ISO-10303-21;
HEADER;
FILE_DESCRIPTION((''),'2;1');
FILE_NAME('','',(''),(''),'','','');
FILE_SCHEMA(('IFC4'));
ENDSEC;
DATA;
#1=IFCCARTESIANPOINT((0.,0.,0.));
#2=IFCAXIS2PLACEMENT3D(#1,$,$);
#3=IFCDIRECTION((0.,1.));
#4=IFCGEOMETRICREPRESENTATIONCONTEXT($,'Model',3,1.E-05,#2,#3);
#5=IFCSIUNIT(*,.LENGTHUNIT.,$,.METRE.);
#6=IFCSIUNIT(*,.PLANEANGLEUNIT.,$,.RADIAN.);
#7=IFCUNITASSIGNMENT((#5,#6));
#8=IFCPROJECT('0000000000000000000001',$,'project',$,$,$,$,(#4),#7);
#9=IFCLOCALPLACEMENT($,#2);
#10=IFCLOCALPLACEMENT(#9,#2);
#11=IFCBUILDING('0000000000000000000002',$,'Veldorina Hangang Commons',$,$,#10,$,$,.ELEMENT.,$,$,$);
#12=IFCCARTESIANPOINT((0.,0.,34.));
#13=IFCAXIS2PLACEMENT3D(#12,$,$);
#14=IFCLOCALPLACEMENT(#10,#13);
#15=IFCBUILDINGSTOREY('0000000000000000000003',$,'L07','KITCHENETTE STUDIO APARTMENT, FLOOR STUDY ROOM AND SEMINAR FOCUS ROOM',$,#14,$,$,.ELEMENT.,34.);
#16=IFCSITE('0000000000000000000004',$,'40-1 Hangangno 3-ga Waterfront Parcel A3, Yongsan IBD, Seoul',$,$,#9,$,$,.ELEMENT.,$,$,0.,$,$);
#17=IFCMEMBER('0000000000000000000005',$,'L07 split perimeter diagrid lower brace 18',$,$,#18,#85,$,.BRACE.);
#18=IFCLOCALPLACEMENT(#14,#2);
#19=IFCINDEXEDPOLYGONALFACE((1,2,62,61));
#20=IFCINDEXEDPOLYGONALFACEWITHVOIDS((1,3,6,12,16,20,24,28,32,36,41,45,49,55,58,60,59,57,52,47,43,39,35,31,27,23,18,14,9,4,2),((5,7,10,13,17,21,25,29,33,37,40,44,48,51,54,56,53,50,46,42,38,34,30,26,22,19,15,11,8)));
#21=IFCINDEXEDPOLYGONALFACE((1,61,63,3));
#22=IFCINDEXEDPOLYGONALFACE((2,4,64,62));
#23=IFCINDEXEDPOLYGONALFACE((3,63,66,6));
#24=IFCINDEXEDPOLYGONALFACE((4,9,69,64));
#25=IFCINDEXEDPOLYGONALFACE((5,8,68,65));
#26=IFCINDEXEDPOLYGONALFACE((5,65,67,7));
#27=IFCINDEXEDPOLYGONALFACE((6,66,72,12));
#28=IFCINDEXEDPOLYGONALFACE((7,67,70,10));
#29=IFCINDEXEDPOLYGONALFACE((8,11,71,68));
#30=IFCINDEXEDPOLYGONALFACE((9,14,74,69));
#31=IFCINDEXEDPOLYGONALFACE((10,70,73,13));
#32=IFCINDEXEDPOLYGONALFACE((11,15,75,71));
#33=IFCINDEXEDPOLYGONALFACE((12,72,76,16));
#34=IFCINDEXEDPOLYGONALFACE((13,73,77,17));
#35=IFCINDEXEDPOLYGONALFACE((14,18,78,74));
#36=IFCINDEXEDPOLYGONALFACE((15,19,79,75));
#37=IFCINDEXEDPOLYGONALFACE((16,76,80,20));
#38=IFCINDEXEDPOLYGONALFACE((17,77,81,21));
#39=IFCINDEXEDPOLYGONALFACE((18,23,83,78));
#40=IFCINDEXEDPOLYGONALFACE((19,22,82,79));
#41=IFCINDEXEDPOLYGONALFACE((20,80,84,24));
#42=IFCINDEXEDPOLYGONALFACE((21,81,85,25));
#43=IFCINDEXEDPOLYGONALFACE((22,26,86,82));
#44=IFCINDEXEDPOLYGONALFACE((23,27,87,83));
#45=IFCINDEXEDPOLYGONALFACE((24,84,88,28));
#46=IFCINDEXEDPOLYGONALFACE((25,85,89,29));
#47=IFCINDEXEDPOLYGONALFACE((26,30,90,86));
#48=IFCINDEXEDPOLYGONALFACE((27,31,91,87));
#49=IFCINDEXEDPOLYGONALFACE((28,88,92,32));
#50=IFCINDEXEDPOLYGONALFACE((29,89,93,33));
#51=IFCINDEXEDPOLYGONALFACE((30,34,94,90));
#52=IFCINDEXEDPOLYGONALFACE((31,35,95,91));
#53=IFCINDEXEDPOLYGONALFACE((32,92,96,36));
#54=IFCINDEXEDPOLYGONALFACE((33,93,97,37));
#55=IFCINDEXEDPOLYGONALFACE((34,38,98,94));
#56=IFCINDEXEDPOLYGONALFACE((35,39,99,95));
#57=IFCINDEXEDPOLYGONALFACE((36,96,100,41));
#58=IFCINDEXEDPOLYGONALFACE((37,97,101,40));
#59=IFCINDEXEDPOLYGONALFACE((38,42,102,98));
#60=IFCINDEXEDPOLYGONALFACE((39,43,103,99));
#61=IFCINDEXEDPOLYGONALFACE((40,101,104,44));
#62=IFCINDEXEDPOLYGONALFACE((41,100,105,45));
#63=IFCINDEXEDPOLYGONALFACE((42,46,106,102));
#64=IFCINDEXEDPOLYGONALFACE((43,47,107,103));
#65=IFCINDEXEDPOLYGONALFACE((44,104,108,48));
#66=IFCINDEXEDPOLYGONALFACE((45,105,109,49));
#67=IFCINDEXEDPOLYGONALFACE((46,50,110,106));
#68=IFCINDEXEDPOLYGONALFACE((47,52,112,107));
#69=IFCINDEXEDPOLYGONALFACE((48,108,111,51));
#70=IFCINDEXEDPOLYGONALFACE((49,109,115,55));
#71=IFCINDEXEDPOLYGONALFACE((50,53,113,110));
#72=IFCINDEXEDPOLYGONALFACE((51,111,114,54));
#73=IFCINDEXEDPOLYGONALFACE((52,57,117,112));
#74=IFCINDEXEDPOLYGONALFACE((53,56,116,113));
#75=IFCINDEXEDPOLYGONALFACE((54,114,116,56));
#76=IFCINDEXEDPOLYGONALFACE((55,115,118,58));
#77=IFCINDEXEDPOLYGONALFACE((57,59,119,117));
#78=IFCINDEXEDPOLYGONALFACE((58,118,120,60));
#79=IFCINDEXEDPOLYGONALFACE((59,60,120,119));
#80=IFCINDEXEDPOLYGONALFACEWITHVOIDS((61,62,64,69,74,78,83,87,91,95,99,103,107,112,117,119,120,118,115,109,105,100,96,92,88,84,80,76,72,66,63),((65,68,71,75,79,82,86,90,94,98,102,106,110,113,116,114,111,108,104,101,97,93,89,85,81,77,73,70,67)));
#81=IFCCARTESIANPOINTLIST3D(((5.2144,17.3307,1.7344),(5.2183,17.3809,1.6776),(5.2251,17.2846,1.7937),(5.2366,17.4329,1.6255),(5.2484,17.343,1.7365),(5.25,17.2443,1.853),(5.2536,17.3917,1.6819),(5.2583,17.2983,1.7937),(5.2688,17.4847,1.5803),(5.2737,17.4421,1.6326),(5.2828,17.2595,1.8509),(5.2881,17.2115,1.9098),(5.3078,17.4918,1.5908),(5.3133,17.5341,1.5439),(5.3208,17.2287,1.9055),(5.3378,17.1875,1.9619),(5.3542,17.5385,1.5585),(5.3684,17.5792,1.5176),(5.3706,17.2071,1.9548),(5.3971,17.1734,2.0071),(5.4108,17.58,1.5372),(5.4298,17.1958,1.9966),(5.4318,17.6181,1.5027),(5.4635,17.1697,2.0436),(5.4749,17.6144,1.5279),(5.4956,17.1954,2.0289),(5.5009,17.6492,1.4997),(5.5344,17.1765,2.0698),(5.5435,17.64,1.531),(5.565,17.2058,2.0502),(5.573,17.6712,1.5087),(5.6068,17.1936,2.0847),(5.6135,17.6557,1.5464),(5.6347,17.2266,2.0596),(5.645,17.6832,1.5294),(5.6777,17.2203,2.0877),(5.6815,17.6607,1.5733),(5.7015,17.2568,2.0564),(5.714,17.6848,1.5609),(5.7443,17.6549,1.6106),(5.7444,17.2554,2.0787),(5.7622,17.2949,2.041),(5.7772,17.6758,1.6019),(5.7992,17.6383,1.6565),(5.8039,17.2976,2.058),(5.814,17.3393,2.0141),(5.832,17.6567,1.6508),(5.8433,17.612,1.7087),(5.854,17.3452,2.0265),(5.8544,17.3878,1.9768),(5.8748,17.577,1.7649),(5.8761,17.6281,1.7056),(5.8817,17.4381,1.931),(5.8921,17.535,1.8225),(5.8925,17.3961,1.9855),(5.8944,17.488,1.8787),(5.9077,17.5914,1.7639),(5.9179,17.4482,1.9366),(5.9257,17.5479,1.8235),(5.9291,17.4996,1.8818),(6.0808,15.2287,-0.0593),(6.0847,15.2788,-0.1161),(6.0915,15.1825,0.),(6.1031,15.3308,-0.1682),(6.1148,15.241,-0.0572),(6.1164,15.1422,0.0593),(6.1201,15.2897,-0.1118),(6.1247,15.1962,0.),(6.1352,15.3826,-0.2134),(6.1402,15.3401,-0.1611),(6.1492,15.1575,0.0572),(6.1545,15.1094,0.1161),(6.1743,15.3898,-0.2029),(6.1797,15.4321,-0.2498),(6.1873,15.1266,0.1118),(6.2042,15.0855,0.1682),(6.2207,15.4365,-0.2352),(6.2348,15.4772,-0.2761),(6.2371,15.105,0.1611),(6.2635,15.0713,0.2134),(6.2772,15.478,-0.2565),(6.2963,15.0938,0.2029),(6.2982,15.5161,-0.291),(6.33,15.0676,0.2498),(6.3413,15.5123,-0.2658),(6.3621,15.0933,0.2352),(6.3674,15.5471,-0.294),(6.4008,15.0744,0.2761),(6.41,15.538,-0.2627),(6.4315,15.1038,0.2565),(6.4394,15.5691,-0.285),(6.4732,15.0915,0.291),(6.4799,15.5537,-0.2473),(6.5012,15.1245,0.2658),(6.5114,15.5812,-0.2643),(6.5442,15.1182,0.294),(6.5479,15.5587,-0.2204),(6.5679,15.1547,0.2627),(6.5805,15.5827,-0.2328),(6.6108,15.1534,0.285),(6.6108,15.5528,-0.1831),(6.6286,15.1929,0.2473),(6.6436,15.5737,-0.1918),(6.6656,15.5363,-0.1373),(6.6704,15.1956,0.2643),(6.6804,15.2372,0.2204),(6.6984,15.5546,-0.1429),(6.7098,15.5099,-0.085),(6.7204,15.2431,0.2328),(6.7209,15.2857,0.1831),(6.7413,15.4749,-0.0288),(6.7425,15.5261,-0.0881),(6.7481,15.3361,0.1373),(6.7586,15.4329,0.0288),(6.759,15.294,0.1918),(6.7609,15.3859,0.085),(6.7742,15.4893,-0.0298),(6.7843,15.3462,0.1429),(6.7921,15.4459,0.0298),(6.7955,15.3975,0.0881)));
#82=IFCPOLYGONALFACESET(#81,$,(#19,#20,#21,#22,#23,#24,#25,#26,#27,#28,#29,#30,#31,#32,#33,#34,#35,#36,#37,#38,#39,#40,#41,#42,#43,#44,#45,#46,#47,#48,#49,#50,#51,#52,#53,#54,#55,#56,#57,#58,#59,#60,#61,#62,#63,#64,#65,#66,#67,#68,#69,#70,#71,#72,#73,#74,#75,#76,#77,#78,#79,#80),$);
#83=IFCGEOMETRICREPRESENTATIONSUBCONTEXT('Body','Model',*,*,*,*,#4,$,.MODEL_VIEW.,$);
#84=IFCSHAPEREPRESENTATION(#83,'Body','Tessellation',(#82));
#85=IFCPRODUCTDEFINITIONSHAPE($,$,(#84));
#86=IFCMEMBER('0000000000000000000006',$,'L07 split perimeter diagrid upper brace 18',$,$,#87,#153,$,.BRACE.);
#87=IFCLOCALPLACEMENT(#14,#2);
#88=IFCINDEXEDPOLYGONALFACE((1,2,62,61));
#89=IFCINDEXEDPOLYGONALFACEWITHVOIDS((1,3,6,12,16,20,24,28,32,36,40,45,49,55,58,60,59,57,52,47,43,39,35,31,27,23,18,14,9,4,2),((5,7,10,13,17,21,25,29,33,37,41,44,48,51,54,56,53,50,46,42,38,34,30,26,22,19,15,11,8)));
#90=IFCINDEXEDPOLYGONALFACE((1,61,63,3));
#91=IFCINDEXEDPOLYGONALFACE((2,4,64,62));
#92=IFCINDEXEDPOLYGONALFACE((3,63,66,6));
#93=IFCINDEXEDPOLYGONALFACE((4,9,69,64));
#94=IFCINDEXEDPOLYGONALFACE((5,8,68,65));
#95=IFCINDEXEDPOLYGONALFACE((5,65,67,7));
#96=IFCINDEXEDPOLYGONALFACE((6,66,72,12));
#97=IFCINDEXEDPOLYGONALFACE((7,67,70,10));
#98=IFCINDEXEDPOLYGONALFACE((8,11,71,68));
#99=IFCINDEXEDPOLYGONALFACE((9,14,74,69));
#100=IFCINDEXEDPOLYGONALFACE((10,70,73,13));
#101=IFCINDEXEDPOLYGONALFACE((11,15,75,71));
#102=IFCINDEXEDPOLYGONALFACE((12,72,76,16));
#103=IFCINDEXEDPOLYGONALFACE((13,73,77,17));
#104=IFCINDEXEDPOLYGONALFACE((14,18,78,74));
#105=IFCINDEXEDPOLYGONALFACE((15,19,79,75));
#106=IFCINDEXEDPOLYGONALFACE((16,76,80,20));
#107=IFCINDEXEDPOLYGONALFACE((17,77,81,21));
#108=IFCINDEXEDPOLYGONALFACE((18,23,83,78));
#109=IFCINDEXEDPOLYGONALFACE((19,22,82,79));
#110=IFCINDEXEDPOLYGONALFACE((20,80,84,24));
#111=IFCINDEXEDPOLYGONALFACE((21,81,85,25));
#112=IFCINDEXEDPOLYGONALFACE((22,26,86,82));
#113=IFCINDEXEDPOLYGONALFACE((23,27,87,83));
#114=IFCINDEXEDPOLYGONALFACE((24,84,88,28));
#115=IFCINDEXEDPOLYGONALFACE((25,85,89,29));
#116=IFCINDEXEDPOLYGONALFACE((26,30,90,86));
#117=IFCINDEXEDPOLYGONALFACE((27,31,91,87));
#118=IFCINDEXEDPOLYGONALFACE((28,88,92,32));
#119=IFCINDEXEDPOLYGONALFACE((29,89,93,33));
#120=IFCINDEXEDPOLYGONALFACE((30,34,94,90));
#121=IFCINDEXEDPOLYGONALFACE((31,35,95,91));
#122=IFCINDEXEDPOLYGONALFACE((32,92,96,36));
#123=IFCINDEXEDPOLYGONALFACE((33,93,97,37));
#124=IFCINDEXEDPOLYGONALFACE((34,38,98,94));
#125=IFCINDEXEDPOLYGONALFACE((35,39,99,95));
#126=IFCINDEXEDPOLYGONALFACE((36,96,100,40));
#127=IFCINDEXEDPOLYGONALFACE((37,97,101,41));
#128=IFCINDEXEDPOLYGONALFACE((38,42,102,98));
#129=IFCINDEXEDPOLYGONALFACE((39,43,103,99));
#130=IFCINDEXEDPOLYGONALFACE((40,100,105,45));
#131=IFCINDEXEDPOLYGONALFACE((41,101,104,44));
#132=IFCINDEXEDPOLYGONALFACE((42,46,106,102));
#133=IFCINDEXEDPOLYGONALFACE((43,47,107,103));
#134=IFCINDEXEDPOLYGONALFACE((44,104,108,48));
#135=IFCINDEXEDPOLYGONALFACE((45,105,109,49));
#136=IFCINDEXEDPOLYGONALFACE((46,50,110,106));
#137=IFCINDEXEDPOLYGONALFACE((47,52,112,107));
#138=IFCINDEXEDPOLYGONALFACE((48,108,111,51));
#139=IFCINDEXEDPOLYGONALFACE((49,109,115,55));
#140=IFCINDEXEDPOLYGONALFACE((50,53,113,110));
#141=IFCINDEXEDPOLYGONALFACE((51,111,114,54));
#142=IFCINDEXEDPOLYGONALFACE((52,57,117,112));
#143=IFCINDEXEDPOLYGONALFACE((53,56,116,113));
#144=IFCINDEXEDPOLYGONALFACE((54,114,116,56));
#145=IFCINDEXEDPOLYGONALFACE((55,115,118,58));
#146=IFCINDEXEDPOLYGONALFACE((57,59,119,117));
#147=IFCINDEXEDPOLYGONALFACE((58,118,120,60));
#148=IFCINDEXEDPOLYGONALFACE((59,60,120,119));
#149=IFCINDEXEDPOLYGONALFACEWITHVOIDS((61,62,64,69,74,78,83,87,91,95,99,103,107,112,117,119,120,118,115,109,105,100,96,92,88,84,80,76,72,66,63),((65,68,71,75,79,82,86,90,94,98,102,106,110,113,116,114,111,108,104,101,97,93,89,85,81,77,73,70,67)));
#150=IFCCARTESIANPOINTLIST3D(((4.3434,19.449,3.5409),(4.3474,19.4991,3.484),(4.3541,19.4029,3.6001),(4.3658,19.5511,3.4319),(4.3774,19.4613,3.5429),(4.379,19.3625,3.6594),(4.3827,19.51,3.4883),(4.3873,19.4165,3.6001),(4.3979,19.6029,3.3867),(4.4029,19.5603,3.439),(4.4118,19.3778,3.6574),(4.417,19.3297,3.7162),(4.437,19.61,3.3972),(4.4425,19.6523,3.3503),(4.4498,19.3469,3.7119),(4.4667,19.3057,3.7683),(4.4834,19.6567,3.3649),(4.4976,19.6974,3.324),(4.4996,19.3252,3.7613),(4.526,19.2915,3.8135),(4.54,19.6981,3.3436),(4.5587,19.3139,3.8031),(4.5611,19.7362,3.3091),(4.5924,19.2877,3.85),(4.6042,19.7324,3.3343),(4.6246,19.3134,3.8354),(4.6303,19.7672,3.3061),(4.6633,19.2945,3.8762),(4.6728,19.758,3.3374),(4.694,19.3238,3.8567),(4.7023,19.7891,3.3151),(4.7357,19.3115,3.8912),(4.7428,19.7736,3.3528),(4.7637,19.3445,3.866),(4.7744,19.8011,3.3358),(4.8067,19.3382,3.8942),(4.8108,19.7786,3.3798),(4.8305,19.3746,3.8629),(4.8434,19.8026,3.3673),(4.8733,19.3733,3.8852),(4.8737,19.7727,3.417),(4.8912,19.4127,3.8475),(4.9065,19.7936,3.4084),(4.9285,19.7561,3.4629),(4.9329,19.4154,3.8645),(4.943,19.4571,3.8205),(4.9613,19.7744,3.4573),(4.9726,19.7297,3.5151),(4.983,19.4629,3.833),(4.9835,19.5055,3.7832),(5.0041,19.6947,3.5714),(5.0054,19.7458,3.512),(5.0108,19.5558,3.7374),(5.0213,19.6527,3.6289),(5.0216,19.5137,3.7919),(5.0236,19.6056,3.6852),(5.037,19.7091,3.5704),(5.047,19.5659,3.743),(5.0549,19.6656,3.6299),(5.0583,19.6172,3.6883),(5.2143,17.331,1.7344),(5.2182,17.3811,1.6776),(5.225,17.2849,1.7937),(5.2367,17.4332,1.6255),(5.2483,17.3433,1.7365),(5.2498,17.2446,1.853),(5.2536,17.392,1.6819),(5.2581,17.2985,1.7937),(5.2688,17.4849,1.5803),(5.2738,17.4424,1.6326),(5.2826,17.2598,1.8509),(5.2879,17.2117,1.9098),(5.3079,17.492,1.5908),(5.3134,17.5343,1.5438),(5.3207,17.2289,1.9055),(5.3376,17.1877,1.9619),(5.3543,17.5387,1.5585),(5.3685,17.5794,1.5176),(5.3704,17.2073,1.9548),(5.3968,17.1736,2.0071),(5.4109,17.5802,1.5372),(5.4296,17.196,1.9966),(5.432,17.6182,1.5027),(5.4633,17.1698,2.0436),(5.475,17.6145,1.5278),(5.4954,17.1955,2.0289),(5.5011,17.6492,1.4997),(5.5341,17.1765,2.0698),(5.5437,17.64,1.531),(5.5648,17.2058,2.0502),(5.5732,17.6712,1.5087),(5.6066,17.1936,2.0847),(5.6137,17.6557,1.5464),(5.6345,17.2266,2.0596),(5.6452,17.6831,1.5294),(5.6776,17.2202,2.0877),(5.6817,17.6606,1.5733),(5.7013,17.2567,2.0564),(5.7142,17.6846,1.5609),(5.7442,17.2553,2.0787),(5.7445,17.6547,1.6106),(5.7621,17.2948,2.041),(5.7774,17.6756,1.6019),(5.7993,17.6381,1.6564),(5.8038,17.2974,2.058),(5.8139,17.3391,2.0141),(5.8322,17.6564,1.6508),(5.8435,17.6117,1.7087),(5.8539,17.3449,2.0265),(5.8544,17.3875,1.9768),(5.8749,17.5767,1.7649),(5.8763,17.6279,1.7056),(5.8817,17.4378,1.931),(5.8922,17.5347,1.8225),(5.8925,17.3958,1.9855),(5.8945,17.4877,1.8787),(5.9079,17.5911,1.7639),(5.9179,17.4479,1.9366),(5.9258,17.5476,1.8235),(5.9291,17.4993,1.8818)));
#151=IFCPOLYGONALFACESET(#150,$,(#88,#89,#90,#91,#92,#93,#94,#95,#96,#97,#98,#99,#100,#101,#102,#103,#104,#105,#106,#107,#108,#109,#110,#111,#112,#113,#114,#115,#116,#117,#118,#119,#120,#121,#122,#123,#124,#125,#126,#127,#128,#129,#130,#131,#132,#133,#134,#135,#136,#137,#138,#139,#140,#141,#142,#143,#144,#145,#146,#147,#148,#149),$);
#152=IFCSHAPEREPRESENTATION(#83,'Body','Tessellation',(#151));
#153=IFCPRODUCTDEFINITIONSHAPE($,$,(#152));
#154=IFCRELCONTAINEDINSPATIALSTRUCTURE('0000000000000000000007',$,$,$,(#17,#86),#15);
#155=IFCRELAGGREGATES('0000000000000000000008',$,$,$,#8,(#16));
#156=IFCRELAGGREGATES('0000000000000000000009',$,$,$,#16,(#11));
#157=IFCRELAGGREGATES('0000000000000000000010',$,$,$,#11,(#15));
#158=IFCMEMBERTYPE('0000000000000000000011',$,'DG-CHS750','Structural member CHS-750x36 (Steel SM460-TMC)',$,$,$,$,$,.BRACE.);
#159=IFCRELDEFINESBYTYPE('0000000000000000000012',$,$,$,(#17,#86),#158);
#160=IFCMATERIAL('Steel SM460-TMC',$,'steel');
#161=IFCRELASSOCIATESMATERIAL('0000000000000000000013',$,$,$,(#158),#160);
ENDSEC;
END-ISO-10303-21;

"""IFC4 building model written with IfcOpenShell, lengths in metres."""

from ifc_helpers import new_model, si_unit, direction, frame, origin, origin_2d, place, context, subcontext, project, spatial, hollow_circle, extrude, material, material_profile, profile_set, type_object, element, save


model = new_model("IFC4")

# Units and contexts
model_context = context("Model", 3, precision=1e-05, world=origin(), true_north=direction((0.0, 1.0)))
body_context = subcontext(model_context, "Body", "Model", "MODEL_VIEW")
ifc_project = project(units=[si_unit("LENGTHUNIT", "METRE"), si_unit("PLANEANGLEUNIT", "RADIAN")], contexts=[model_context])

# Site, building, storey
site_placement = place(None, origin())
site = spatial("IfcSite", under=ifc_project, at=site_placement, Name="40-1 Hangangno 3-ga Waterfront Parcel A3, Yongsan IBD, Seoul", CompositionType="ELEMENT", RefElevation=0.0)
building_placement = place(site_placement, origin())
building = spatial("IfcBuilding", under=site, at=building_placement, Name="Veldorina Hangang Commons", CompositionType="ELEMENT")
storey_placement = place(building_placement, frame((0.0, 0.0, 34.0)))
storey = spatial("IfcBuildingStorey", under=building, at=storey_placement, Name="L07", Description="KITCHENETTE STUDIO APARTMENT, FLOOR STUDY ROOM AND SEMINAR FOCUS ROOM", CompositionType="ELEMENT", Elevation=34.0)

# Shared definitions
ifc_material_1 = material(Name="Steel SM460-TMC", Category="steel")

# Members
ifc_material_profile_1 = material_profile(ifc_material_1, hollow_circle(Radius=0.375, WallThickness=0.0359, at=origin_2d()), Name="CHS-750x36")
ifc_profile_set_1 = profile_set([ifc_material_profile_1], Name="Steel SM460-TMC")
member_type_1 = type_object("IfcMemberType", Name="DG-CHS750", Description="Structural member CHS-750x36 (Steel SM460-TMC)", PredefinedType="BRACE", material=ifc_profile_set_1)
member_1_placement = place(storey_placement, frame((6.4382, 15.3254, 0.0), z_axis=(-0.299192, 0.72585, 0.619375), x_axis=(-0.924538, -0.38109, 0.0)))
element("IfcMember", 1, at=member_1_placement, inside=storey, type_object=member_type_1, Name="L07 split perimeter diagrid lower brace 18", PredefinedType="BRACE", context=body_context, shape_type="SweptSolid", body=[
    extrude(hollow_circle(Radius=0.375, WallThickness=0.0359, at=origin_2d()), origin(), (0.0, 0.0, 1.0), 2.896),
])
member_2_placement = place(storey_placement, frame((5.5718, 17.4275, 1.7937), z_axis=(-0.298575, 0.72614, 0.619333), x_axis=(-0.924868, -0.380289, 0.0)))
element("IfcMember", 2, at=member_2_placement, inside=storey, type_object=member_type_1, Name="L07 split perimeter diagrid upper brace 18", PredefinedType="BRACE", context=body_context, shape_type="SweptSolid", body=[
    extrude(hollow_circle(Radius=0.375, WallThickness=0.0359, at=origin_2d()), origin(), (0.0, 0.0, 1.0), 2.9167),
])

save(model, "model.ifc")
